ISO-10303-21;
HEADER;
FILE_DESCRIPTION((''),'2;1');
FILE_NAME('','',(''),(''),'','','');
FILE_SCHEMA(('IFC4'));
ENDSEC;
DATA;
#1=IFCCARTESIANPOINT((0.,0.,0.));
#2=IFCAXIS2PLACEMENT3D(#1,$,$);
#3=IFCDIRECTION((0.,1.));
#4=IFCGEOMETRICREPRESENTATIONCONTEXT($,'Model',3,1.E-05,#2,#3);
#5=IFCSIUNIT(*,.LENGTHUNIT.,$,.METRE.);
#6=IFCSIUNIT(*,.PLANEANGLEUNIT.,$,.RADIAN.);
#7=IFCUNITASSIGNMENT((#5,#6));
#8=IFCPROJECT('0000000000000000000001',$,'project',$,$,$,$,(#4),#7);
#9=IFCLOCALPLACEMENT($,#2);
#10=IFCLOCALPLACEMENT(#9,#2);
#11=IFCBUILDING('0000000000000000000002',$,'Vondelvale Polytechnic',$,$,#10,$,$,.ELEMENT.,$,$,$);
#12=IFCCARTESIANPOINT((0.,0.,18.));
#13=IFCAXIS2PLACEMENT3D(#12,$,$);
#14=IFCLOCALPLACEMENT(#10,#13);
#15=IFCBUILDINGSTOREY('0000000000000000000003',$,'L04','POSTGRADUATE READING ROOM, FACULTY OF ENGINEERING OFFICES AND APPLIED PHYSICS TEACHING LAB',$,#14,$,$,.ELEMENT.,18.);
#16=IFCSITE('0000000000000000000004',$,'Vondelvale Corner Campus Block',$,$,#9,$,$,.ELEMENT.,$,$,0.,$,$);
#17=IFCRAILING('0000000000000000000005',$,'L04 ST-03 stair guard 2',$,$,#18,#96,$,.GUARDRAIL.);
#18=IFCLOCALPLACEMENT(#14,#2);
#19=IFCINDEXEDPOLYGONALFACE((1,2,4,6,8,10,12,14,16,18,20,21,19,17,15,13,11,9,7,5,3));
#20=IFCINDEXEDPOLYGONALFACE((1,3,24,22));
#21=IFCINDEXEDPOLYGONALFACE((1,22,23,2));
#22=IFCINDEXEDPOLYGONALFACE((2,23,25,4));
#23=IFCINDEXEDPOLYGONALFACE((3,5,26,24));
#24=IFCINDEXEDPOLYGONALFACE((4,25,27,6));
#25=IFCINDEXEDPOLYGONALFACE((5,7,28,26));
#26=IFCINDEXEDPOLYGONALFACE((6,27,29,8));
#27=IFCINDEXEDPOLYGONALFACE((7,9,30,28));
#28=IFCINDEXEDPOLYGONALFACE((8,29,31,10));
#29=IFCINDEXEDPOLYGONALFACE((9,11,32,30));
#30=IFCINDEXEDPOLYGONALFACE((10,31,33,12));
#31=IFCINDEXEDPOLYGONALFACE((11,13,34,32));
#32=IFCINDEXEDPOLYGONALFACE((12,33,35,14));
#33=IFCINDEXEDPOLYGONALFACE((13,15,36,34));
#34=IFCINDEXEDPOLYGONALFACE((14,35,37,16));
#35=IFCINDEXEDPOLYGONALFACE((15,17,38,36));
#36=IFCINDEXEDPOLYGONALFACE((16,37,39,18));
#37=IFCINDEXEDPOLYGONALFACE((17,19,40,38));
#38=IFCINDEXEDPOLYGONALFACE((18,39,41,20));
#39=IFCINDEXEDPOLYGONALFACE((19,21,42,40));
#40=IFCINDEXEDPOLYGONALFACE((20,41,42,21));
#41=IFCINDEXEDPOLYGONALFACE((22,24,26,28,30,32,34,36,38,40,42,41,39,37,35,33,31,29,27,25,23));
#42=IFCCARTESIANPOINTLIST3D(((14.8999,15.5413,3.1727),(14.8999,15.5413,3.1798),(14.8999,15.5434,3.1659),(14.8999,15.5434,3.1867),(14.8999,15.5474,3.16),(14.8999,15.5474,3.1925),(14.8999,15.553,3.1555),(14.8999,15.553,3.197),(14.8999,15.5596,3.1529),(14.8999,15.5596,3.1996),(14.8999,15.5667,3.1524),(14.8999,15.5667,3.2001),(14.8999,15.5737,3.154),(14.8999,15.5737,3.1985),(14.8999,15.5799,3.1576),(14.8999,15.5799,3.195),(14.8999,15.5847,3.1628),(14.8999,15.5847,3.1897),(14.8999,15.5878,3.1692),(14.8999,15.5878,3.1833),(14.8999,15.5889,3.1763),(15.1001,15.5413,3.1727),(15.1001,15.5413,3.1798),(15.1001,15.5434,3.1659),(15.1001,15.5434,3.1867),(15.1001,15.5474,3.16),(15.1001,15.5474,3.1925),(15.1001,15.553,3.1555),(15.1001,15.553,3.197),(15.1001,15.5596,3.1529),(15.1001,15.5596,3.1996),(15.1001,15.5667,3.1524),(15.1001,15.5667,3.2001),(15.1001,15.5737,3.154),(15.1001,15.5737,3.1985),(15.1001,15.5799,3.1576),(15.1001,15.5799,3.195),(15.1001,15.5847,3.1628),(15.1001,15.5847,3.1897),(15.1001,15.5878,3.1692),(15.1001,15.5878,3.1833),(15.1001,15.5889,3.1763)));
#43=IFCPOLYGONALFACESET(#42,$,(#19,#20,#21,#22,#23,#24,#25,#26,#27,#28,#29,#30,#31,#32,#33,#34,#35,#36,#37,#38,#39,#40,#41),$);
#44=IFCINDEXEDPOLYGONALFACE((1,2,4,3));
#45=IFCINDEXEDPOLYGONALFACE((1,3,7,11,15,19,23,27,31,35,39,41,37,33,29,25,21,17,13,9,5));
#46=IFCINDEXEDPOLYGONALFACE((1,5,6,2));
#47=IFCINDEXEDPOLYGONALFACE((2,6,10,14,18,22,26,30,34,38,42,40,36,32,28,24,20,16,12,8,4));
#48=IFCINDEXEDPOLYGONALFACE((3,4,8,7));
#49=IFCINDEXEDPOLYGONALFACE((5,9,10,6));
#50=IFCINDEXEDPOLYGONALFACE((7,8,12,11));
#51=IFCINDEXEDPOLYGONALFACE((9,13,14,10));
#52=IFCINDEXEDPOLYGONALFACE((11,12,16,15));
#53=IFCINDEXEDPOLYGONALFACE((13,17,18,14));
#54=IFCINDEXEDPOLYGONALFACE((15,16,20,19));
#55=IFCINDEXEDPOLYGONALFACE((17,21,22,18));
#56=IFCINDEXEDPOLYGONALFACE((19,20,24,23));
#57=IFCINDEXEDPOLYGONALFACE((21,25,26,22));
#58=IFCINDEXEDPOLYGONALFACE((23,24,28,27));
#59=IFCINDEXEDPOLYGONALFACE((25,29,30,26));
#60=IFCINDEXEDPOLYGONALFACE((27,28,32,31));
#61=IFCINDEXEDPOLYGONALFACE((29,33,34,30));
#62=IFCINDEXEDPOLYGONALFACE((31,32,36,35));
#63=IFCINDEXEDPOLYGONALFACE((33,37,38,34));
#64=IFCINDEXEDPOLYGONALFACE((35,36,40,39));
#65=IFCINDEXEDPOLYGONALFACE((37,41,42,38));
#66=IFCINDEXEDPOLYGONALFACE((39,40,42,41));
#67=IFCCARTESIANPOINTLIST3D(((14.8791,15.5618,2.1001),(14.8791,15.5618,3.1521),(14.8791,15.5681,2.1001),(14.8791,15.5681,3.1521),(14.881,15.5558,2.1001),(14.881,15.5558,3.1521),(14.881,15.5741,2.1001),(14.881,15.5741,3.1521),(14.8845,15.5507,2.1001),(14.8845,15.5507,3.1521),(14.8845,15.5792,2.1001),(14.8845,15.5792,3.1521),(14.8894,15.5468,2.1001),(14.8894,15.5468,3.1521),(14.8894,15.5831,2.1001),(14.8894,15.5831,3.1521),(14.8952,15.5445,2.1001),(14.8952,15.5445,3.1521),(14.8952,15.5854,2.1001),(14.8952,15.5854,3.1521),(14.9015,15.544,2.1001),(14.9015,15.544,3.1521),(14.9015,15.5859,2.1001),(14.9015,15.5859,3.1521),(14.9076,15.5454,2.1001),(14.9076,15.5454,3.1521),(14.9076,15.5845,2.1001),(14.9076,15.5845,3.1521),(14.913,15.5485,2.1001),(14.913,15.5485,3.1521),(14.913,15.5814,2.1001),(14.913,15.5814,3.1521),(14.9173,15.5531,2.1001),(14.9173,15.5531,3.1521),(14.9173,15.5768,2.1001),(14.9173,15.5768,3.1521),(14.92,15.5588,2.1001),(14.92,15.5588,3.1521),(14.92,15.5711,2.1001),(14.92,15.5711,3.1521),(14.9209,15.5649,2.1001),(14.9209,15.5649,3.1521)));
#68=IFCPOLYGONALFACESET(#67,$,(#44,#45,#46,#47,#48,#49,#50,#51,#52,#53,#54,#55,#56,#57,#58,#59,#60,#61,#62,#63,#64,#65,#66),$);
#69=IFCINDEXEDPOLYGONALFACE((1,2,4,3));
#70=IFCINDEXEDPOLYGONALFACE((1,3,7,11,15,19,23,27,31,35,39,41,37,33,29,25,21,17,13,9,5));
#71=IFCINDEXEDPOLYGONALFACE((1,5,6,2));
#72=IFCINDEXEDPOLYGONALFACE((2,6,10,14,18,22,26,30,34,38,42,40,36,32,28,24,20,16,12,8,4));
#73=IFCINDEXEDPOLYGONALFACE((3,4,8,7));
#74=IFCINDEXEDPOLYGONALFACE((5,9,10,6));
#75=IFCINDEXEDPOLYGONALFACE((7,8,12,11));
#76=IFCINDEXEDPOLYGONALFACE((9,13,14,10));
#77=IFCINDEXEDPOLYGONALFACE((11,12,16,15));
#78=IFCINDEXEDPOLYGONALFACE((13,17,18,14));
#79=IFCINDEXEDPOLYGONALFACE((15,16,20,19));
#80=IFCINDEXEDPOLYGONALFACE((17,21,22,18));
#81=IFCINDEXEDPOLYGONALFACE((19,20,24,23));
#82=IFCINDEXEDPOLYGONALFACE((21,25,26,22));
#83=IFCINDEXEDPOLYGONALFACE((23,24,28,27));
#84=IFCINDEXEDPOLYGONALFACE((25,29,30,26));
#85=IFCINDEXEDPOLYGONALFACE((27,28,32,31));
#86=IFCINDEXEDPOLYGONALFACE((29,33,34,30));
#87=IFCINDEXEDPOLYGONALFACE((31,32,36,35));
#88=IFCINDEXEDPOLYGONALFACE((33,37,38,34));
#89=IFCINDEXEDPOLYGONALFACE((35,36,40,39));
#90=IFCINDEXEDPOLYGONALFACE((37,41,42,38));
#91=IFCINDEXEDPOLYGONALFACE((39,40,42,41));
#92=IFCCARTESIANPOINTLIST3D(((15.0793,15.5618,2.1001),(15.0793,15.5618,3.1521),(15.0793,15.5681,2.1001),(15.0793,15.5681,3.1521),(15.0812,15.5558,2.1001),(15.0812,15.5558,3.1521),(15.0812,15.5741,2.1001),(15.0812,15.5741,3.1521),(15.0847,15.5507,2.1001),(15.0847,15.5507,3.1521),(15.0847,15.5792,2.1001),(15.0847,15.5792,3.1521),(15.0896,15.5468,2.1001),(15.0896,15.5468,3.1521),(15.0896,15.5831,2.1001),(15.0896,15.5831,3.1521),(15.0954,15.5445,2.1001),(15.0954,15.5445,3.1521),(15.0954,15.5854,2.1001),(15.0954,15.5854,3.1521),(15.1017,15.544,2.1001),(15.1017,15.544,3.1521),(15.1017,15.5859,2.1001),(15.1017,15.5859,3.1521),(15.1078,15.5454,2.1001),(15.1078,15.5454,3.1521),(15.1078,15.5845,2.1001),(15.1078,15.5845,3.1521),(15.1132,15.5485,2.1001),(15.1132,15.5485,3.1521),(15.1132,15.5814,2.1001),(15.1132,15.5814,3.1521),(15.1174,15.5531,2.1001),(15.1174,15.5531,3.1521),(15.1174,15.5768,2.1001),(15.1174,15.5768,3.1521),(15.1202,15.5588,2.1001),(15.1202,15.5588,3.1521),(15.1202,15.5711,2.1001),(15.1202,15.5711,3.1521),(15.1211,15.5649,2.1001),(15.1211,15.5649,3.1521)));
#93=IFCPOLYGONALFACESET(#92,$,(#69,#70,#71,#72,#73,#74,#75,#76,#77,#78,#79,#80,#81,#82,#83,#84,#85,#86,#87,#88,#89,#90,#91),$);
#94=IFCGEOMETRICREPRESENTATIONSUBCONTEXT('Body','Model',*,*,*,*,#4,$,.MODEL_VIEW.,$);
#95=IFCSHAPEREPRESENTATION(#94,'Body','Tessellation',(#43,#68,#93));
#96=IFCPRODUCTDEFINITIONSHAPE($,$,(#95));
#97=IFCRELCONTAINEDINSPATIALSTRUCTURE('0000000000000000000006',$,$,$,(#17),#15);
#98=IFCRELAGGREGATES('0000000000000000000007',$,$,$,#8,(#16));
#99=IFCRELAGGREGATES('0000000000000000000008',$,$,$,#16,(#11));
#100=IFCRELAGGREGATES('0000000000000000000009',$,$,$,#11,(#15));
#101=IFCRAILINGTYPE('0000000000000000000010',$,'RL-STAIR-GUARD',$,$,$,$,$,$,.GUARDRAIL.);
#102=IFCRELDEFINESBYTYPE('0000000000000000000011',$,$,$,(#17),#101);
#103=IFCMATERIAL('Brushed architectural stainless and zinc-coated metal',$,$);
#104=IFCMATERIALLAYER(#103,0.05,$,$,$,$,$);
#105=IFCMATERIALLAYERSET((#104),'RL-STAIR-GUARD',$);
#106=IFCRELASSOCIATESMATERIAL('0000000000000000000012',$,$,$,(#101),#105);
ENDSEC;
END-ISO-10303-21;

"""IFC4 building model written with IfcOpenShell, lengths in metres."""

from ifc_helpers import new_model, si_unit, direction, frame, origin, origin_2d, place, context, subcontext, project, spatial, circle, extrude, material, layer, layer_set, type_object, element, save


model = new_model("IFC4")

# Units and contexts
model_context = context("Model", 3, precision=1e-05, world=origin(), true_north=direction((0.0, 1.0)))
body_context = subcontext(model_context, "Body", "Model", "MODEL_VIEW")
ifc_project = project(units=[si_unit("LENGTHUNIT", "METRE"), si_unit("PLANEANGLEUNIT", "RADIAN")], contexts=[model_context])

# Site, building, storey
site_placement = place(None, origin())
site = spatial("IfcSite", under=ifc_project, at=site_placement, Name="Vondelvale Corner Campus Block", CompositionType="ELEMENT", RefElevation=0.0)
building_placement = place(site_placement, origin())
building = spatial("IfcBuilding", under=site, at=building_placement, Name="Vondelvale Polytechnic", CompositionType="ELEMENT")
storey_placement = place(building_placement, frame((0.0, 0.0, 18.0)))
storey = spatial("IfcBuildingStorey", under=building, at=storey_placement, Name="L04", Description="POSTGRADUATE READING ROOM, FACULTY OF ENGINEERING OFFICES AND APPLIED PHYSICS TEACHING LAB", CompositionType="ELEMENT", Elevation=18.0)

# Shared definitions
ifc_material_1 = material(Name="Brushed architectural stainless and zinc-coated metal")

# Railing
ifc_layer_1 = layer(ifc_material_1, 0.05)
ifc_layer_set_1 = layer_set([ifc_layer_1], Name="RL-STAIR-GUARD")
railing_type_1 = type_object("IfcRailingType", Name="RL-STAIR-GUARD", PredefinedType="GUARDRAIL", material=ifc_layer_set_1)
railing_1_placement = place(storey_placement, frame((14.8999, 15.5649, 2.1001)))
element("IfcRailing", 1, at=railing_1_placement, inside=storey, type_object=railing_type_1, Name="L04 ST-03 stair guard 2", PredefinedType="GUARDRAIL", context=body_context, shape_type="SweptSolid", body=[
    extrude(circle(Radius=0.0239, at=origin_2d()), frame((0.0, 0.0, 1.0762), z_axis=(1.0, 0.0, 0.0), x_axis=(0.0, 1.0, 0.0)), (0.0, 0.0, 1.0), 0.2002),
    extrude(circle(Radius=0.021, at=origin_2d()), origin(), (0.0, 0.0, 1.0), 1.052),
    extrude(circle(Radius=0.021, at=origin_2d()), frame((0.2002, 0.0, 0.0)), (0.0, 0.0, 1.0), 1.052),
])

save(model, "model.ifc")
